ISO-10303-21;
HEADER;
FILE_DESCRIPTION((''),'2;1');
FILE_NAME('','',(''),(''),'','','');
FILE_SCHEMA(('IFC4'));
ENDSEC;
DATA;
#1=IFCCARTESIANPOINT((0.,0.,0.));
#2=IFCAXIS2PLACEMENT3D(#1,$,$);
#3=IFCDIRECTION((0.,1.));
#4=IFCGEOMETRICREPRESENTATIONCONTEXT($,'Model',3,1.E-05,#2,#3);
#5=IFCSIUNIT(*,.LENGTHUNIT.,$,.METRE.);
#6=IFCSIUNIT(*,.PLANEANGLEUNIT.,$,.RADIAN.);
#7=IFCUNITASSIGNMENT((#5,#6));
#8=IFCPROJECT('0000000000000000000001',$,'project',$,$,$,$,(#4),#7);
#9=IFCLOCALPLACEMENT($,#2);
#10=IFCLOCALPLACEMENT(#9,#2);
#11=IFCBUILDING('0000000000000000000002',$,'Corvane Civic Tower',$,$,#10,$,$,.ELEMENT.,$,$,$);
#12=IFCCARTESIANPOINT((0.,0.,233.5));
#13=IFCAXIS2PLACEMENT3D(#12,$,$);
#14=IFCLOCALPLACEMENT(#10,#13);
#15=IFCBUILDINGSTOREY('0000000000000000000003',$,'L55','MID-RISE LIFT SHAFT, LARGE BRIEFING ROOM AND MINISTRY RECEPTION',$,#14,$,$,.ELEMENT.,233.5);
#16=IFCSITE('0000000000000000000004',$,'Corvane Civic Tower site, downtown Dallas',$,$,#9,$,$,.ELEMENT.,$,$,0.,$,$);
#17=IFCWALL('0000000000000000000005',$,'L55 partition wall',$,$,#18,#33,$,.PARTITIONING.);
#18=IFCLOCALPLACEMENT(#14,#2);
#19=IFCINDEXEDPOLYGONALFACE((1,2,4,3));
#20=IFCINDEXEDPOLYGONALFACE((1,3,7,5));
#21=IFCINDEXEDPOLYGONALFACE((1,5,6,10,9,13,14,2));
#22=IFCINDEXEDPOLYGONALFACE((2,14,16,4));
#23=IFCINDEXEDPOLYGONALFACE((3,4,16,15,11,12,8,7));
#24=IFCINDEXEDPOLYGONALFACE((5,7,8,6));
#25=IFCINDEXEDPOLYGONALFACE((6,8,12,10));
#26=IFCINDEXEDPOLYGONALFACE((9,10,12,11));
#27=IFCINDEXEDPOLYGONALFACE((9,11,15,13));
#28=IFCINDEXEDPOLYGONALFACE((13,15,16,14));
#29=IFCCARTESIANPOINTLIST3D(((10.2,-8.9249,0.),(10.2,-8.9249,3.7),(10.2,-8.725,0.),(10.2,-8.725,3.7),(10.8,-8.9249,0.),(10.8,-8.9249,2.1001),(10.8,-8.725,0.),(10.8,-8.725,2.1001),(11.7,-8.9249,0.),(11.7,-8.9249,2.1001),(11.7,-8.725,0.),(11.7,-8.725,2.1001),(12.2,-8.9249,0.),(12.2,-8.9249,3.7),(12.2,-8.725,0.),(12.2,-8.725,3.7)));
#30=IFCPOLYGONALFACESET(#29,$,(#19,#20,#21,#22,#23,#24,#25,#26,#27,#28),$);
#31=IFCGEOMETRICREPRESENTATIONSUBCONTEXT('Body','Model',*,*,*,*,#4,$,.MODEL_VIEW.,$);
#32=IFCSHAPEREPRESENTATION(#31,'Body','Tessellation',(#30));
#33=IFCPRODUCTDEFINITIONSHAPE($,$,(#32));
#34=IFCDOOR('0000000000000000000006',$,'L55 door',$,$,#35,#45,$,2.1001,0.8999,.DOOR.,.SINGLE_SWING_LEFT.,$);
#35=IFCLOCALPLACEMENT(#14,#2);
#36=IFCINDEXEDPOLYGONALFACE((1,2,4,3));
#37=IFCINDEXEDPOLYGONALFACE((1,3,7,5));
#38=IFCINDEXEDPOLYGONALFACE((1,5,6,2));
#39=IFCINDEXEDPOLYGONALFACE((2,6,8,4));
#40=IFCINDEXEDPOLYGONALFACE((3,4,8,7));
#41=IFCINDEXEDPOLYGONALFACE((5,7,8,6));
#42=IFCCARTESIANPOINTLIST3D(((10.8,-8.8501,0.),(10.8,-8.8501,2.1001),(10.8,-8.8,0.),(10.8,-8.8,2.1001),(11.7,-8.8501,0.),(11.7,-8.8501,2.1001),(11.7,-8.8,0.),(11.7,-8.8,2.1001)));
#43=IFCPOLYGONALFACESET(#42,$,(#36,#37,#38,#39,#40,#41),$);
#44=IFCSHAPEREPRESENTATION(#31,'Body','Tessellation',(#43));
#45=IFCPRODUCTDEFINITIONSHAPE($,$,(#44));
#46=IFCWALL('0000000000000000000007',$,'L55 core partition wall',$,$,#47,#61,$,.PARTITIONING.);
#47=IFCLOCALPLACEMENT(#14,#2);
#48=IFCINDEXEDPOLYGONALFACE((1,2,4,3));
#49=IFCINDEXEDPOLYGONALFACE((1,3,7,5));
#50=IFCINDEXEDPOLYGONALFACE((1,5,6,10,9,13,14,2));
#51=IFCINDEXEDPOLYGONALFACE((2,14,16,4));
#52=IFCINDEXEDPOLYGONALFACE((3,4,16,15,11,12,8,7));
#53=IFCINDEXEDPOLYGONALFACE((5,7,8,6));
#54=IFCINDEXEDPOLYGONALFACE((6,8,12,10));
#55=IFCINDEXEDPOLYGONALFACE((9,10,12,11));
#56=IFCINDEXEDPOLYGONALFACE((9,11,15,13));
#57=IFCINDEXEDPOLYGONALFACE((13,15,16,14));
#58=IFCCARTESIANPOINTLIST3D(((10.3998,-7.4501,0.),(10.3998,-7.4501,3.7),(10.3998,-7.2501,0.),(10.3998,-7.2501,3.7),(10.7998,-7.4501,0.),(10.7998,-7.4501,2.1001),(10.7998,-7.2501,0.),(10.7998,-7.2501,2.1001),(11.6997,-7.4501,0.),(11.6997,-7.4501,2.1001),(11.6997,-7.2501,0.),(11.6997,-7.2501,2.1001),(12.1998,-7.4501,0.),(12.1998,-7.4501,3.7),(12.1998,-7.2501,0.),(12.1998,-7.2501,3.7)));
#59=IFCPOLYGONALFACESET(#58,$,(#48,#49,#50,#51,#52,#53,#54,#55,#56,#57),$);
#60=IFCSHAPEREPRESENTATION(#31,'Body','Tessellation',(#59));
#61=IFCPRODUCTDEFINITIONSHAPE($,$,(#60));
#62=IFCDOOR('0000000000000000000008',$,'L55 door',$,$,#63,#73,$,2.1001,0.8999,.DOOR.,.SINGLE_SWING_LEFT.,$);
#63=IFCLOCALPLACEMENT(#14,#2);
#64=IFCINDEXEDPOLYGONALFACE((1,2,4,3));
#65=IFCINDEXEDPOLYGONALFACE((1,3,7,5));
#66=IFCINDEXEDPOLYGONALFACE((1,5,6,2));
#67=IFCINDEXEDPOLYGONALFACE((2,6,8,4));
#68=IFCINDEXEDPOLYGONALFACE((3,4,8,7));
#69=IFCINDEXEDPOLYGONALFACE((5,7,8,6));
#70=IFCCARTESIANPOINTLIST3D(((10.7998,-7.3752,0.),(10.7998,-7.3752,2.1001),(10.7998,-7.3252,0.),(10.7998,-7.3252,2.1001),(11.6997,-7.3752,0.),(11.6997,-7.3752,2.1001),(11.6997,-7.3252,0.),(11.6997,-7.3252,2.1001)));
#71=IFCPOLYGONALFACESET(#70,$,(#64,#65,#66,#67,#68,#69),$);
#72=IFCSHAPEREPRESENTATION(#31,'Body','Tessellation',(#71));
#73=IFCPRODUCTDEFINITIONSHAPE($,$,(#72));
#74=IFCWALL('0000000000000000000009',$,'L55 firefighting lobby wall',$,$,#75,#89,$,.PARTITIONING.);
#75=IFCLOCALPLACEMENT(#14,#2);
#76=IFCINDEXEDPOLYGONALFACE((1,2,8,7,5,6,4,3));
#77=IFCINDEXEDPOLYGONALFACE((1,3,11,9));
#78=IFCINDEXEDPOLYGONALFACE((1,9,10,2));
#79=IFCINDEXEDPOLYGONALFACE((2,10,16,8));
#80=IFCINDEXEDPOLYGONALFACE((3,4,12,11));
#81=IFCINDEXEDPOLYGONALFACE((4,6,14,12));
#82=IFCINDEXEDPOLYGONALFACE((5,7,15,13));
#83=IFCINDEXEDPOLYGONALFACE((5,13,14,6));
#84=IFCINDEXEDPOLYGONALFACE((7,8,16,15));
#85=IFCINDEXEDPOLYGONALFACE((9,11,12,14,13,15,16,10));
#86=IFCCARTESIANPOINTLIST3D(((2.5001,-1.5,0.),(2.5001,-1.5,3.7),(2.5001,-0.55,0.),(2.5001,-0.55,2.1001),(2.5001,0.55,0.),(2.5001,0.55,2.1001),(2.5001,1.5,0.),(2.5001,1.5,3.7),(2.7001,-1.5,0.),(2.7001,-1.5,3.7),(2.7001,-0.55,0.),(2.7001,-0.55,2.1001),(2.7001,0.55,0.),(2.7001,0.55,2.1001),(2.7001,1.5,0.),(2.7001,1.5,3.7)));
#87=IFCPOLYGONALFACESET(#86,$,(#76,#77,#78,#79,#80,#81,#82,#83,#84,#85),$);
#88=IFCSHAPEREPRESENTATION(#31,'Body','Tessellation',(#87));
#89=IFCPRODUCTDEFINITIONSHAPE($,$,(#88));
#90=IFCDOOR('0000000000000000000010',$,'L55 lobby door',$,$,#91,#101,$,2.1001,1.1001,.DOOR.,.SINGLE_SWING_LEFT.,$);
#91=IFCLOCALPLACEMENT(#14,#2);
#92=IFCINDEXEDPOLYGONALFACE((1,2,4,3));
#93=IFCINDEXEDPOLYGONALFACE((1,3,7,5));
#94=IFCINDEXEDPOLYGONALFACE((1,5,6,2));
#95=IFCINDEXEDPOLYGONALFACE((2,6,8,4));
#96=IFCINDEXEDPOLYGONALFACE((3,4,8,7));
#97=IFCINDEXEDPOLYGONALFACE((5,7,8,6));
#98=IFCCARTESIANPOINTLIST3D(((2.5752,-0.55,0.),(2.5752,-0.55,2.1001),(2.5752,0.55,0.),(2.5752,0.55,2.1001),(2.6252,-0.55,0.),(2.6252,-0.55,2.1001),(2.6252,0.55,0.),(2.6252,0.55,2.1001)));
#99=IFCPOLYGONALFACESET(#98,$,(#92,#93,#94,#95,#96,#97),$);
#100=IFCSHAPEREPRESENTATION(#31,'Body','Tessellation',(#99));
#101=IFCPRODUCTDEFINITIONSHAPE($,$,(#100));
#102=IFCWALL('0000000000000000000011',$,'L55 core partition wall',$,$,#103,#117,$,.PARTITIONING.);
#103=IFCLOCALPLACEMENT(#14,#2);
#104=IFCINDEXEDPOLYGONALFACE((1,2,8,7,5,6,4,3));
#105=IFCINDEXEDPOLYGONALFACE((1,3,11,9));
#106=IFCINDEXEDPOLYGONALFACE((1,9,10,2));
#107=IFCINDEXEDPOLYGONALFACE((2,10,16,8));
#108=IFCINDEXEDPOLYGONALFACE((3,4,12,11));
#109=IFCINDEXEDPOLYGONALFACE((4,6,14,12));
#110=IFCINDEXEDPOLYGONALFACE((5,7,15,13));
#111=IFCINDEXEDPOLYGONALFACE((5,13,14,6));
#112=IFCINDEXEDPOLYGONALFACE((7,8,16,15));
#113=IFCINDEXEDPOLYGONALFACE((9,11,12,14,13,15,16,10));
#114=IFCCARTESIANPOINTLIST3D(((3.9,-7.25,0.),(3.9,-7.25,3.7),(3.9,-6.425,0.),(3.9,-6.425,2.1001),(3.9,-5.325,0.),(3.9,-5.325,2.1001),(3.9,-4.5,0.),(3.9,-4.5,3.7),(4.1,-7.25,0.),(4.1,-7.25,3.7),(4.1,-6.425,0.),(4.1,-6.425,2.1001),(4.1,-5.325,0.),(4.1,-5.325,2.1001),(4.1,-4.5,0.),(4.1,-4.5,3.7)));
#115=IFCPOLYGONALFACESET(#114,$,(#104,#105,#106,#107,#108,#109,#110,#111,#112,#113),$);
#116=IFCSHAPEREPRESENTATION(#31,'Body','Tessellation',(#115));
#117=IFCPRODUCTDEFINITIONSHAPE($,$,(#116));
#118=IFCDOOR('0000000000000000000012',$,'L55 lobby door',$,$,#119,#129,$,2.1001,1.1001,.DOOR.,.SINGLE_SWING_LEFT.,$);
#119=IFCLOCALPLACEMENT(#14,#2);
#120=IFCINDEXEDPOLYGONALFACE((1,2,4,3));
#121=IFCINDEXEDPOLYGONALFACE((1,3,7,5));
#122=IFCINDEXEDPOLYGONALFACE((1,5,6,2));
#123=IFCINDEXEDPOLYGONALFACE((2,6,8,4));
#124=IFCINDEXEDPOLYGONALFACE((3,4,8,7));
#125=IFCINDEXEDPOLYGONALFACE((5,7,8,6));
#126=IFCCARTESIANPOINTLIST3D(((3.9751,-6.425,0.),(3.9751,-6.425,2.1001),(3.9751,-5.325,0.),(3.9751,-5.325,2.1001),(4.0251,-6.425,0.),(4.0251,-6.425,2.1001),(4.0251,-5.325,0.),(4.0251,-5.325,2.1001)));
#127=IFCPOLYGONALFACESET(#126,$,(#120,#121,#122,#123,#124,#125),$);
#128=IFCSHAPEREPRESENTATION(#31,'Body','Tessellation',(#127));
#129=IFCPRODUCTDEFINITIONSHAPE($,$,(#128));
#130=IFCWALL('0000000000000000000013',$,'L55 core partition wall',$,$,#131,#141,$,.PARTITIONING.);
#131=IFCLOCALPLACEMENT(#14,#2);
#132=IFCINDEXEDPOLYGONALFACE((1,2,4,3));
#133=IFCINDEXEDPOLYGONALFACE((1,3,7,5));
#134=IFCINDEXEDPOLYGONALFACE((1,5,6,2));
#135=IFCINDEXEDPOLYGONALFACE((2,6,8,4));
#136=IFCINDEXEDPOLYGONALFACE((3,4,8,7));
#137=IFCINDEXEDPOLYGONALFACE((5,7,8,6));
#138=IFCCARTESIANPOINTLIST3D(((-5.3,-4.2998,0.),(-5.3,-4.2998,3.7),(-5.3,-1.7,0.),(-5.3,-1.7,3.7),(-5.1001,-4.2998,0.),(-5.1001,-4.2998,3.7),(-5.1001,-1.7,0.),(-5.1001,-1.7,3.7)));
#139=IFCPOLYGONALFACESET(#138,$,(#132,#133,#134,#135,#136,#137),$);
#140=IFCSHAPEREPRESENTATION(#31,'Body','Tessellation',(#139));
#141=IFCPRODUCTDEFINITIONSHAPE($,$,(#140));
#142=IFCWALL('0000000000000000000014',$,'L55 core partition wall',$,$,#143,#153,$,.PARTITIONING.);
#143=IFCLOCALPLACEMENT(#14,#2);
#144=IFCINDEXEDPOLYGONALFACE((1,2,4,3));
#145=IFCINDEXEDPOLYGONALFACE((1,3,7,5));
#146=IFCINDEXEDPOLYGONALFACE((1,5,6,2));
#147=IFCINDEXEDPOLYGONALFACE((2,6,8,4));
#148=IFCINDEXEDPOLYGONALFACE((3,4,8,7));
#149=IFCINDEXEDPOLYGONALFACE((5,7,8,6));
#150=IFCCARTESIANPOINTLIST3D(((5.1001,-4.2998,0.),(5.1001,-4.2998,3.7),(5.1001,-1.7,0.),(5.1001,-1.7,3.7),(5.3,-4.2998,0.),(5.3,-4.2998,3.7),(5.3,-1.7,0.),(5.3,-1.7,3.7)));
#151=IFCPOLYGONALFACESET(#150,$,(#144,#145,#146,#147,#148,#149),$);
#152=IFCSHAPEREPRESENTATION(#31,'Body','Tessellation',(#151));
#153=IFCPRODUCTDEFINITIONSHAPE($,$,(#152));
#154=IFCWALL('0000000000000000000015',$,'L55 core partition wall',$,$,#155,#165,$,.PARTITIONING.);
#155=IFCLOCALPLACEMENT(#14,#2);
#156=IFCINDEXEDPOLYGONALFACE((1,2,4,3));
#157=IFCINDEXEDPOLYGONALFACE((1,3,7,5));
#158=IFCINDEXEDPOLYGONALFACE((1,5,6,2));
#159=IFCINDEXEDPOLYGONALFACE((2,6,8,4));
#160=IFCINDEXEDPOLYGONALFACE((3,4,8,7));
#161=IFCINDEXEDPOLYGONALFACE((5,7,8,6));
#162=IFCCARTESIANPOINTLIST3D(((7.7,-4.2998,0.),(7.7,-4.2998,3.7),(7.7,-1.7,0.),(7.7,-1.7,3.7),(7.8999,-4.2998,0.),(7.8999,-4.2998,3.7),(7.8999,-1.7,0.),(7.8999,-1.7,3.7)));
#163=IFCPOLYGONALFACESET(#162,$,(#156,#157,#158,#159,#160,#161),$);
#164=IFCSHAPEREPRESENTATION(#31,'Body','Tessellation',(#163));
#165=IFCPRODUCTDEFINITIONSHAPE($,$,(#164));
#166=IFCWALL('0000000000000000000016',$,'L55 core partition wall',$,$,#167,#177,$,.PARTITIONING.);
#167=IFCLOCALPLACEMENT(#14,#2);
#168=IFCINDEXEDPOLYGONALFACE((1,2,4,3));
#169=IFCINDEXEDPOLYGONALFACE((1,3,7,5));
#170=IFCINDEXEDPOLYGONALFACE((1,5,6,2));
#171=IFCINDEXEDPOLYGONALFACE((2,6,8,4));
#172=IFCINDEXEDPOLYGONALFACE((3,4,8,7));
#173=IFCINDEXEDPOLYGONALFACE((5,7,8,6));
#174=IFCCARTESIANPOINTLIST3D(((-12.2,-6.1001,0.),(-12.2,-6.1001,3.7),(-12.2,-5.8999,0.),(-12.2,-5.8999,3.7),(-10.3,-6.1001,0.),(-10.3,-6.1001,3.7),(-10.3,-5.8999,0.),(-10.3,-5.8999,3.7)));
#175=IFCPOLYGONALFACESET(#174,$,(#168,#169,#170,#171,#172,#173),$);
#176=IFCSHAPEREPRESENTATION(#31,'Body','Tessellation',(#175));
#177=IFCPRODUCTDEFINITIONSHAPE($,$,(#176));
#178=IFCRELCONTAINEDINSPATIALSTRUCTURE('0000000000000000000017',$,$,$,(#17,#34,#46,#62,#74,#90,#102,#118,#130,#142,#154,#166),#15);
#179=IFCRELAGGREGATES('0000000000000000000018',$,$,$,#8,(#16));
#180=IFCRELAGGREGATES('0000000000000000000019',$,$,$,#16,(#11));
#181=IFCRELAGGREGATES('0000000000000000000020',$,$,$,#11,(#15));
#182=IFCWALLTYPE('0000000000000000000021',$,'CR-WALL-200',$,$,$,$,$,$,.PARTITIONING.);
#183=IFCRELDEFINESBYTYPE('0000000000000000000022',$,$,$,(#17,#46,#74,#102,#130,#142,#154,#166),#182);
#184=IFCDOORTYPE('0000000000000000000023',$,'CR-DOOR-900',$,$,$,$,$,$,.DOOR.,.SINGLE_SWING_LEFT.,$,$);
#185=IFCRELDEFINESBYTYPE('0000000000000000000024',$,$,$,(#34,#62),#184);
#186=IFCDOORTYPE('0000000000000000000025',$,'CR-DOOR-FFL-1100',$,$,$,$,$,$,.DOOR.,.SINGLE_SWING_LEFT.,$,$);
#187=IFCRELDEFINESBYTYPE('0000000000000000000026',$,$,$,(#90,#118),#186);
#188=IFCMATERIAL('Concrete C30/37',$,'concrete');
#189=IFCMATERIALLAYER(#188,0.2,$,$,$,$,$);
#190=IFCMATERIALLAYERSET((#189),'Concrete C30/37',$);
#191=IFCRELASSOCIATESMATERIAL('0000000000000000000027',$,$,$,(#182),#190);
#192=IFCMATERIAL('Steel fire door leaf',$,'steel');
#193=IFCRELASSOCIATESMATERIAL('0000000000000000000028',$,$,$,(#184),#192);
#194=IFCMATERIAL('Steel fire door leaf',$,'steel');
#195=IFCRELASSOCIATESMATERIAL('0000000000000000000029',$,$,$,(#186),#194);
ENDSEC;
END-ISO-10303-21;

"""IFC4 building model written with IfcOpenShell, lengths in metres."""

from ifc_helpers import new_model, si_unit, direction, frame, frame_2d, origin, place, context, subcontext, project, spatial, polyline, rectangle, outline, extrude, material, layer, layer_set, type_object, element, fill, save


model = new_model("IFC4")

# Units and contexts
model_context = context("Model", 3, precision=1e-05, world=origin(), true_north=direction((0.0, 1.0)))
body_context = subcontext(model_context, "Body", "Model", "MODEL_VIEW")
ifc_project = project(units=[si_unit("LENGTHUNIT", "METRE"), si_unit("PLANEANGLEUNIT", "RADIAN")], contexts=[model_context])

# Site, building, storey
site_placement = place(None, origin())
site = spatial("IfcSite", under=ifc_project, at=site_placement, Name="Corvane Civic Tower site, downtown Dallas", CompositionType="ELEMENT", RefElevation=0.0)
building_placement = place(site_placement, origin())
building = spatial("IfcBuilding", under=site, at=building_placement, Name="Corvane Civic Tower", CompositionType="ELEMENT")
storey_placement = place(building_placement, frame((0.0, 0.0, 233.5)))
storey = spatial("IfcBuildingStorey", under=building, at=storey_placement, Name="L55", Description="MID-RISE LIFT SHAFT, LARGE BRIEFING ROOM AND MINISTRY RECEPTION", CompositionType="ELEMENT", Elevation=233.5)

# Walls, openings, doors
ifc_material_1 = material(Name="Concrete C30/37", Category="concrete")
ifc_layer_1 = layer(ifc_material_1, 0.2)
ifc_layer_set_1 = layer_set([ifc_layer_1], Name="Concrete C30/37")
wall_type_1 = type_object("IfcWallType", Name="CR-WALL-200", PredefinedType="PARTITIONING", material=ifc_layer_set_1)
wall_1_placement = place(storey_placement, frame((10.2, -8.825, 0.0), z_axis=(0.0, 0.0, 1.0), x_axis=(1.0, 0.0, 0.0)))
wall_1 = element("IfcWall", 1, at=wall_1_placement, inside=storey, type_object=wall_type_1, Name="L55 partition wall", PredefinedType="PARTITIONING", context=body_context, shape_type="SweptSolid", body=[
    extrude(rectangle(XDim=2.0, YDim=0.2, at=frame_2d((1.0, 0.0))), origin(), (0.0, 0.0, 1.0), 3.7),
])
opening_1_placement = place(wall_1_placement, frame((0.6001, 0.0, 0.0)))
opening_1 = element("IfcOpeningElement", 2, at=opening_1_placement, cuts=wall_1, PredefinedType="OPENING", context=body_context, shape_type="SweptSolid", body=[
    extrude(rectangle(XDim=0.8999, YDim=2.1001, at=frame_2d((0.45, 1.05))), frame((0.0, 0.1099, 0.0), z_axis=(0.0, -1.0, 0.0), x_axis=(1.0, 0.0, 0.0)), (0.0, 0.0, 1.0), 0.22),
])
ifc_material_2 = material(Name="Steel fire door leaf", Category="steel")
door_type_1 = type_object("IfcDoorType", Name="CR-DOOR-900", OperationType="SINGLE_SWING_LEFT", PredefinedType="DOOR", material=ifc_material_2)
door_1_placement = place(opening_1_placement, origin())
door_1 = element("IfcDoor", 3, at=door_1_placement, inside=storey, type_object=door_type_1, Name="L55 door", OperationType="SINGLE_SWING_LEFT", OverallHeight=2.1001, OverallWidth=0.8999, PredefinedType="DOOR", context=body_context, shape_type="SweptSolid", body=[
    extrude(rectangle(XDim=0.8999, YDim=2.1001, at=frame_2d((0.45, 1.05))), frame((0.0, 0.0249, 0.0), z_axis=(0.0, -1.0, 0.0), x_axis=(1.0, 0.0, 0.0)), (0.0, 0.0, 1.0), 0.05),
])
fill(opening_1, door_1)
wall_2_placement = place(storey_placement, frame((10.3999, -7.3501, 0.0), z_axis=(0.0, 0.0, 1.0), x_axis=(1.0, 0.0, 0.0)))
wall_2 = element("IfcWall", 4, at=wall_2_placement, inside=storey, type_object=wall_type_1, Name="L55 core partition wall", PredefinedType="PARTITIONING", context=body_context, shape_type="SweptSolid", body=[
    extrude(rectangle(XDim=1.8, YDim=0.2, at=frame_2d((0.8999, 0.0))), origin(), (0.0, 0.0, 1.0), 3.7),
])
opening_2_placement = place(wall_2_placement, frame((0.3999, 0.0, 0.0)))
opening_2 = element("IfcOpeningElement", 5, at=opening_2_placement, cuts=wall_2, PredefinedType="OPENING", context=body_context, shape_type="SweptSolid", body=[
    extrude(rectangle(XDim=0.8999, YDim=2.1001, at=frame_2d((0.45, 1.05))), frame((0.0, 0.1099, 0.0), z_axis=(0.0, -1.0, 0.0), x_axis=(1.0, 0.0, 0.0)), (0.0, 0.0, 1.0), 0.22),
])
door_2_placement = place(opening_2_placement, origin())
door_2 = element("IfcDoor", 6, at=door_2_placement, inside=storey, type_object=door_type_1, Name="L55 door", OperationType="SINGLE_SWING_LEFT", OverallHeight=2.1001, OverallWidth=0.8999, PredefinedType="DOOR", context=body_context, shape_type="SweptSolid", body=[
    extrude(rectangle(XDim=0.8999, YDim=2.1001, at=frame_2d((0.45, 1.05))), frame((0.0, 0.0249, 0.0), z_axis=(0.0, -1.0, 0.0), x_axis=(1.0, 0.0, 0.0)), (0.0, 0.0, 1.0), 0.05),
])
fill(opening_2, door_2)
wall_3_placement = place(storey_placement, frame((2.6001, -1.5, 0.0), z_axis=(0.0, 0.0, 1.0), x_axis=(0.0, 1.0, 0.0)))
wall_3 = element("IfcWall", 7, at=wall_3_placement, inside=storey, type_object=wall_type_1, Name="L55 firefighting lobby wall", PredefinedType="PARTITIONING", context=body_context, shape_type="SweptSolid", body=[
    extrude(rectangle(XDim=3.0, YDim=0.2, at=frame_2d((1.5, 0.0))), origin(), (0.0, 0.0, 1.0), 3.7),
])
opening_3_placement = place(wall_3_placement, frame((0.95, 0.0, 0.0)))
opening_3 = element("IfcOpeningElement", 8, at=opening_3_placement, cuts=wall_3, PredefinedType="OPENING", context=body_context, shape_type="SweptSolid", body=[
    extrude(rectangle(XDim=1.1001, YDim=2.1001, at=frame_2d((0.55, 1.05))), frame((0.0, 0.1099, 0.0), z_axis=(0.0, -1.0, 0.0), x_axis=(1.0, 0.0, 0.0)), (0.0, 0.0, 1.0), 0.22),
])
ifc_material_3 = material(Name="Steel fire door leaf", Category="steel")
door_type_2 = type_object("IfcDoorType", Name="CR-DOOR-FFL-1100", OperationType="SINGLE_SWING_LEFT", PredefinedType="DOOR", material=ifc_material_3)
door_3_placement = place(opening_3_placement, origin())
door_3 = element("IfcDoor", 9, at=door_3_placement, inside=storey, type_object=door_type_2, Name="L55 lobby door", OperationType="SINGLE_SWING_LEFT", OverallHeight=2.1001, OverallWidth=1.1001, PredefinedType="DOOR", context=body_context, shape_type="SweptSolid", body=[
    extrude(rectangle(XDim=1.1001, YDim=2.1001, at=frame_2d((0.55, 1.05))), frame((0.0, 0.0249, 0.0), z_axis=(0.0, -1.0, 0.0), x_axis=(1.0, 0.0, 0.0)), (0.0, 0.0, 1.0), 0.05),
])
fill(opening_3, door_3)
wall_4_placement = place(storey_placement, frame((4.0, -7.25, 0.0), z_axis=(0.0, 0.0, 1.0), x_axis=(0.0, 1.0, 0.0)))
wall_4 = element("IfcWall", 10, at=wall_4_placement, inside=storey, type_object=wall_type_1, Name="L55 core partition wall", PredefinedType="PARTITIONING", context=body_context, shape_type="SweptSolid", body=[
    extrude(rectangle(XDim=2.75, YDim=0.2, at=frame_2d((1.375, 0.0))), origin(), (0.0, 0.0, 1.0), 3.7),
])
opening_4_placement = place(wall_4_placement, frame((0.825, 0.0, 0.0)))
opening_4 = element("IfcOpeningElement", 11, at=opening_4_placement, cuts=wall_4, PredefinedType="OPENING", context=body_context, shape_type="SweptSolid", body=[
    extrude(rectangle(XDim=1.1001, YDim=2.1001, at=frame_2d((0.55, 1.05))), frame((0.0, 0.1099, 0.0), z_axis=(0.0, -1.0, 0.0), x_axis=(1.0, 0.0, 0.0)), (0.0, 0.0, 1.0), 0.22),
])
door_4_placement = place(opening_4_placement, origin())
door_4 = element("IfcDoor", 12, at=door_4_placement, inside=storey, type_object=door_type_2, Name="L55 lobby door", OperationType="SINGLE_SWING_LEFT", OverallHeight=2.1001, OverallWidth=1.1001, PredefinedType="DOOR", context=body_context, shape_type="SweptSolid", body=[
    extrude(rectangle(XDim=1.1001, YDim=2.1001, at=frame_2d((0.55, 1.05))), frame((0.0, 0.0249, 0.0), z_axis=(0.0, -1.0, 0.0), x_axis=(1.0, 0.0, 0.0)), (0.0, 0.0, 1.0), 0.05),
])
fill(opening_4, door_4)

# Walls
wall_5_placement = place(storey_placement, origin())
element("IfcWall", 13, at=wall_5_placement, inside=storey, type_object=wall_type_1, Name="L55 core partition wall", PredefinedType="PARTITIONING", context=body_context, shape_type="SweptSolid", body=[
    extrude(outline(polyline([(-5.1001, -1.7), (-5.1001, -4.2998), (-5.3, -4.2998), (-5.3, -1.7), (-5.1001, -1.7)])), origin(), (0.0, 0.0, 1.0), 3.7),
])
wall_6_placement = place(storey_placement, origin())
element("IfcWall", 14, at=wall_6_placement, inside=storey, type_object=wall_type_1, Name="L55 core partition wall", PredefinedType="PARTITIONING", context=body_context, shape_type="SweptSolid", body=[
    extrude(outline(polyline([(5.3, -1.7), (5.3, -4.2998), (5.1001, -4.2998), (5.1001, -1.7), (5.3, -1.7)])), origin(), (0.0, 0.0, 1.0), 3.7),
])
wall_7_placement = place(storey_placement, origin())
element("IfcWall", 15, at=wall_7_placement, inside=storey, type_object=wall_type_1, Name="L55 core partition wall", PredefinedType="PARTITIONING", context=body_context, shape_type="SweptSolid", body=[
    extrude(outline(polyline([(7.8999, -1.7), (7.8999, -4.2998), (7.7, -4.2998), (7.7, -1.7), (7.8999, -1.7)])), origin(), (0.0, 0.0, 1.0), 3.7),
])
wall_8_placement = place(storey_placement, origin())
element("IfcWall", 16, at=wall_8_placement, inside=storey, type_object=wall_type_1, Name="L55 core partition wall", PredefinedType="PARTITIONING", context=body_context, shape_type="SweptSolid", body=[
    extrude(outline(polyline([(-10.3, -6.1001), (-12.2, -6.1001), (-12.2, -5.8999), (-10.3, -5.8999), (-10.3, -6.1001)])), origin(), (0.0, 0.0, 1.0), 3.7),
])

save(model, "model.ifc")
